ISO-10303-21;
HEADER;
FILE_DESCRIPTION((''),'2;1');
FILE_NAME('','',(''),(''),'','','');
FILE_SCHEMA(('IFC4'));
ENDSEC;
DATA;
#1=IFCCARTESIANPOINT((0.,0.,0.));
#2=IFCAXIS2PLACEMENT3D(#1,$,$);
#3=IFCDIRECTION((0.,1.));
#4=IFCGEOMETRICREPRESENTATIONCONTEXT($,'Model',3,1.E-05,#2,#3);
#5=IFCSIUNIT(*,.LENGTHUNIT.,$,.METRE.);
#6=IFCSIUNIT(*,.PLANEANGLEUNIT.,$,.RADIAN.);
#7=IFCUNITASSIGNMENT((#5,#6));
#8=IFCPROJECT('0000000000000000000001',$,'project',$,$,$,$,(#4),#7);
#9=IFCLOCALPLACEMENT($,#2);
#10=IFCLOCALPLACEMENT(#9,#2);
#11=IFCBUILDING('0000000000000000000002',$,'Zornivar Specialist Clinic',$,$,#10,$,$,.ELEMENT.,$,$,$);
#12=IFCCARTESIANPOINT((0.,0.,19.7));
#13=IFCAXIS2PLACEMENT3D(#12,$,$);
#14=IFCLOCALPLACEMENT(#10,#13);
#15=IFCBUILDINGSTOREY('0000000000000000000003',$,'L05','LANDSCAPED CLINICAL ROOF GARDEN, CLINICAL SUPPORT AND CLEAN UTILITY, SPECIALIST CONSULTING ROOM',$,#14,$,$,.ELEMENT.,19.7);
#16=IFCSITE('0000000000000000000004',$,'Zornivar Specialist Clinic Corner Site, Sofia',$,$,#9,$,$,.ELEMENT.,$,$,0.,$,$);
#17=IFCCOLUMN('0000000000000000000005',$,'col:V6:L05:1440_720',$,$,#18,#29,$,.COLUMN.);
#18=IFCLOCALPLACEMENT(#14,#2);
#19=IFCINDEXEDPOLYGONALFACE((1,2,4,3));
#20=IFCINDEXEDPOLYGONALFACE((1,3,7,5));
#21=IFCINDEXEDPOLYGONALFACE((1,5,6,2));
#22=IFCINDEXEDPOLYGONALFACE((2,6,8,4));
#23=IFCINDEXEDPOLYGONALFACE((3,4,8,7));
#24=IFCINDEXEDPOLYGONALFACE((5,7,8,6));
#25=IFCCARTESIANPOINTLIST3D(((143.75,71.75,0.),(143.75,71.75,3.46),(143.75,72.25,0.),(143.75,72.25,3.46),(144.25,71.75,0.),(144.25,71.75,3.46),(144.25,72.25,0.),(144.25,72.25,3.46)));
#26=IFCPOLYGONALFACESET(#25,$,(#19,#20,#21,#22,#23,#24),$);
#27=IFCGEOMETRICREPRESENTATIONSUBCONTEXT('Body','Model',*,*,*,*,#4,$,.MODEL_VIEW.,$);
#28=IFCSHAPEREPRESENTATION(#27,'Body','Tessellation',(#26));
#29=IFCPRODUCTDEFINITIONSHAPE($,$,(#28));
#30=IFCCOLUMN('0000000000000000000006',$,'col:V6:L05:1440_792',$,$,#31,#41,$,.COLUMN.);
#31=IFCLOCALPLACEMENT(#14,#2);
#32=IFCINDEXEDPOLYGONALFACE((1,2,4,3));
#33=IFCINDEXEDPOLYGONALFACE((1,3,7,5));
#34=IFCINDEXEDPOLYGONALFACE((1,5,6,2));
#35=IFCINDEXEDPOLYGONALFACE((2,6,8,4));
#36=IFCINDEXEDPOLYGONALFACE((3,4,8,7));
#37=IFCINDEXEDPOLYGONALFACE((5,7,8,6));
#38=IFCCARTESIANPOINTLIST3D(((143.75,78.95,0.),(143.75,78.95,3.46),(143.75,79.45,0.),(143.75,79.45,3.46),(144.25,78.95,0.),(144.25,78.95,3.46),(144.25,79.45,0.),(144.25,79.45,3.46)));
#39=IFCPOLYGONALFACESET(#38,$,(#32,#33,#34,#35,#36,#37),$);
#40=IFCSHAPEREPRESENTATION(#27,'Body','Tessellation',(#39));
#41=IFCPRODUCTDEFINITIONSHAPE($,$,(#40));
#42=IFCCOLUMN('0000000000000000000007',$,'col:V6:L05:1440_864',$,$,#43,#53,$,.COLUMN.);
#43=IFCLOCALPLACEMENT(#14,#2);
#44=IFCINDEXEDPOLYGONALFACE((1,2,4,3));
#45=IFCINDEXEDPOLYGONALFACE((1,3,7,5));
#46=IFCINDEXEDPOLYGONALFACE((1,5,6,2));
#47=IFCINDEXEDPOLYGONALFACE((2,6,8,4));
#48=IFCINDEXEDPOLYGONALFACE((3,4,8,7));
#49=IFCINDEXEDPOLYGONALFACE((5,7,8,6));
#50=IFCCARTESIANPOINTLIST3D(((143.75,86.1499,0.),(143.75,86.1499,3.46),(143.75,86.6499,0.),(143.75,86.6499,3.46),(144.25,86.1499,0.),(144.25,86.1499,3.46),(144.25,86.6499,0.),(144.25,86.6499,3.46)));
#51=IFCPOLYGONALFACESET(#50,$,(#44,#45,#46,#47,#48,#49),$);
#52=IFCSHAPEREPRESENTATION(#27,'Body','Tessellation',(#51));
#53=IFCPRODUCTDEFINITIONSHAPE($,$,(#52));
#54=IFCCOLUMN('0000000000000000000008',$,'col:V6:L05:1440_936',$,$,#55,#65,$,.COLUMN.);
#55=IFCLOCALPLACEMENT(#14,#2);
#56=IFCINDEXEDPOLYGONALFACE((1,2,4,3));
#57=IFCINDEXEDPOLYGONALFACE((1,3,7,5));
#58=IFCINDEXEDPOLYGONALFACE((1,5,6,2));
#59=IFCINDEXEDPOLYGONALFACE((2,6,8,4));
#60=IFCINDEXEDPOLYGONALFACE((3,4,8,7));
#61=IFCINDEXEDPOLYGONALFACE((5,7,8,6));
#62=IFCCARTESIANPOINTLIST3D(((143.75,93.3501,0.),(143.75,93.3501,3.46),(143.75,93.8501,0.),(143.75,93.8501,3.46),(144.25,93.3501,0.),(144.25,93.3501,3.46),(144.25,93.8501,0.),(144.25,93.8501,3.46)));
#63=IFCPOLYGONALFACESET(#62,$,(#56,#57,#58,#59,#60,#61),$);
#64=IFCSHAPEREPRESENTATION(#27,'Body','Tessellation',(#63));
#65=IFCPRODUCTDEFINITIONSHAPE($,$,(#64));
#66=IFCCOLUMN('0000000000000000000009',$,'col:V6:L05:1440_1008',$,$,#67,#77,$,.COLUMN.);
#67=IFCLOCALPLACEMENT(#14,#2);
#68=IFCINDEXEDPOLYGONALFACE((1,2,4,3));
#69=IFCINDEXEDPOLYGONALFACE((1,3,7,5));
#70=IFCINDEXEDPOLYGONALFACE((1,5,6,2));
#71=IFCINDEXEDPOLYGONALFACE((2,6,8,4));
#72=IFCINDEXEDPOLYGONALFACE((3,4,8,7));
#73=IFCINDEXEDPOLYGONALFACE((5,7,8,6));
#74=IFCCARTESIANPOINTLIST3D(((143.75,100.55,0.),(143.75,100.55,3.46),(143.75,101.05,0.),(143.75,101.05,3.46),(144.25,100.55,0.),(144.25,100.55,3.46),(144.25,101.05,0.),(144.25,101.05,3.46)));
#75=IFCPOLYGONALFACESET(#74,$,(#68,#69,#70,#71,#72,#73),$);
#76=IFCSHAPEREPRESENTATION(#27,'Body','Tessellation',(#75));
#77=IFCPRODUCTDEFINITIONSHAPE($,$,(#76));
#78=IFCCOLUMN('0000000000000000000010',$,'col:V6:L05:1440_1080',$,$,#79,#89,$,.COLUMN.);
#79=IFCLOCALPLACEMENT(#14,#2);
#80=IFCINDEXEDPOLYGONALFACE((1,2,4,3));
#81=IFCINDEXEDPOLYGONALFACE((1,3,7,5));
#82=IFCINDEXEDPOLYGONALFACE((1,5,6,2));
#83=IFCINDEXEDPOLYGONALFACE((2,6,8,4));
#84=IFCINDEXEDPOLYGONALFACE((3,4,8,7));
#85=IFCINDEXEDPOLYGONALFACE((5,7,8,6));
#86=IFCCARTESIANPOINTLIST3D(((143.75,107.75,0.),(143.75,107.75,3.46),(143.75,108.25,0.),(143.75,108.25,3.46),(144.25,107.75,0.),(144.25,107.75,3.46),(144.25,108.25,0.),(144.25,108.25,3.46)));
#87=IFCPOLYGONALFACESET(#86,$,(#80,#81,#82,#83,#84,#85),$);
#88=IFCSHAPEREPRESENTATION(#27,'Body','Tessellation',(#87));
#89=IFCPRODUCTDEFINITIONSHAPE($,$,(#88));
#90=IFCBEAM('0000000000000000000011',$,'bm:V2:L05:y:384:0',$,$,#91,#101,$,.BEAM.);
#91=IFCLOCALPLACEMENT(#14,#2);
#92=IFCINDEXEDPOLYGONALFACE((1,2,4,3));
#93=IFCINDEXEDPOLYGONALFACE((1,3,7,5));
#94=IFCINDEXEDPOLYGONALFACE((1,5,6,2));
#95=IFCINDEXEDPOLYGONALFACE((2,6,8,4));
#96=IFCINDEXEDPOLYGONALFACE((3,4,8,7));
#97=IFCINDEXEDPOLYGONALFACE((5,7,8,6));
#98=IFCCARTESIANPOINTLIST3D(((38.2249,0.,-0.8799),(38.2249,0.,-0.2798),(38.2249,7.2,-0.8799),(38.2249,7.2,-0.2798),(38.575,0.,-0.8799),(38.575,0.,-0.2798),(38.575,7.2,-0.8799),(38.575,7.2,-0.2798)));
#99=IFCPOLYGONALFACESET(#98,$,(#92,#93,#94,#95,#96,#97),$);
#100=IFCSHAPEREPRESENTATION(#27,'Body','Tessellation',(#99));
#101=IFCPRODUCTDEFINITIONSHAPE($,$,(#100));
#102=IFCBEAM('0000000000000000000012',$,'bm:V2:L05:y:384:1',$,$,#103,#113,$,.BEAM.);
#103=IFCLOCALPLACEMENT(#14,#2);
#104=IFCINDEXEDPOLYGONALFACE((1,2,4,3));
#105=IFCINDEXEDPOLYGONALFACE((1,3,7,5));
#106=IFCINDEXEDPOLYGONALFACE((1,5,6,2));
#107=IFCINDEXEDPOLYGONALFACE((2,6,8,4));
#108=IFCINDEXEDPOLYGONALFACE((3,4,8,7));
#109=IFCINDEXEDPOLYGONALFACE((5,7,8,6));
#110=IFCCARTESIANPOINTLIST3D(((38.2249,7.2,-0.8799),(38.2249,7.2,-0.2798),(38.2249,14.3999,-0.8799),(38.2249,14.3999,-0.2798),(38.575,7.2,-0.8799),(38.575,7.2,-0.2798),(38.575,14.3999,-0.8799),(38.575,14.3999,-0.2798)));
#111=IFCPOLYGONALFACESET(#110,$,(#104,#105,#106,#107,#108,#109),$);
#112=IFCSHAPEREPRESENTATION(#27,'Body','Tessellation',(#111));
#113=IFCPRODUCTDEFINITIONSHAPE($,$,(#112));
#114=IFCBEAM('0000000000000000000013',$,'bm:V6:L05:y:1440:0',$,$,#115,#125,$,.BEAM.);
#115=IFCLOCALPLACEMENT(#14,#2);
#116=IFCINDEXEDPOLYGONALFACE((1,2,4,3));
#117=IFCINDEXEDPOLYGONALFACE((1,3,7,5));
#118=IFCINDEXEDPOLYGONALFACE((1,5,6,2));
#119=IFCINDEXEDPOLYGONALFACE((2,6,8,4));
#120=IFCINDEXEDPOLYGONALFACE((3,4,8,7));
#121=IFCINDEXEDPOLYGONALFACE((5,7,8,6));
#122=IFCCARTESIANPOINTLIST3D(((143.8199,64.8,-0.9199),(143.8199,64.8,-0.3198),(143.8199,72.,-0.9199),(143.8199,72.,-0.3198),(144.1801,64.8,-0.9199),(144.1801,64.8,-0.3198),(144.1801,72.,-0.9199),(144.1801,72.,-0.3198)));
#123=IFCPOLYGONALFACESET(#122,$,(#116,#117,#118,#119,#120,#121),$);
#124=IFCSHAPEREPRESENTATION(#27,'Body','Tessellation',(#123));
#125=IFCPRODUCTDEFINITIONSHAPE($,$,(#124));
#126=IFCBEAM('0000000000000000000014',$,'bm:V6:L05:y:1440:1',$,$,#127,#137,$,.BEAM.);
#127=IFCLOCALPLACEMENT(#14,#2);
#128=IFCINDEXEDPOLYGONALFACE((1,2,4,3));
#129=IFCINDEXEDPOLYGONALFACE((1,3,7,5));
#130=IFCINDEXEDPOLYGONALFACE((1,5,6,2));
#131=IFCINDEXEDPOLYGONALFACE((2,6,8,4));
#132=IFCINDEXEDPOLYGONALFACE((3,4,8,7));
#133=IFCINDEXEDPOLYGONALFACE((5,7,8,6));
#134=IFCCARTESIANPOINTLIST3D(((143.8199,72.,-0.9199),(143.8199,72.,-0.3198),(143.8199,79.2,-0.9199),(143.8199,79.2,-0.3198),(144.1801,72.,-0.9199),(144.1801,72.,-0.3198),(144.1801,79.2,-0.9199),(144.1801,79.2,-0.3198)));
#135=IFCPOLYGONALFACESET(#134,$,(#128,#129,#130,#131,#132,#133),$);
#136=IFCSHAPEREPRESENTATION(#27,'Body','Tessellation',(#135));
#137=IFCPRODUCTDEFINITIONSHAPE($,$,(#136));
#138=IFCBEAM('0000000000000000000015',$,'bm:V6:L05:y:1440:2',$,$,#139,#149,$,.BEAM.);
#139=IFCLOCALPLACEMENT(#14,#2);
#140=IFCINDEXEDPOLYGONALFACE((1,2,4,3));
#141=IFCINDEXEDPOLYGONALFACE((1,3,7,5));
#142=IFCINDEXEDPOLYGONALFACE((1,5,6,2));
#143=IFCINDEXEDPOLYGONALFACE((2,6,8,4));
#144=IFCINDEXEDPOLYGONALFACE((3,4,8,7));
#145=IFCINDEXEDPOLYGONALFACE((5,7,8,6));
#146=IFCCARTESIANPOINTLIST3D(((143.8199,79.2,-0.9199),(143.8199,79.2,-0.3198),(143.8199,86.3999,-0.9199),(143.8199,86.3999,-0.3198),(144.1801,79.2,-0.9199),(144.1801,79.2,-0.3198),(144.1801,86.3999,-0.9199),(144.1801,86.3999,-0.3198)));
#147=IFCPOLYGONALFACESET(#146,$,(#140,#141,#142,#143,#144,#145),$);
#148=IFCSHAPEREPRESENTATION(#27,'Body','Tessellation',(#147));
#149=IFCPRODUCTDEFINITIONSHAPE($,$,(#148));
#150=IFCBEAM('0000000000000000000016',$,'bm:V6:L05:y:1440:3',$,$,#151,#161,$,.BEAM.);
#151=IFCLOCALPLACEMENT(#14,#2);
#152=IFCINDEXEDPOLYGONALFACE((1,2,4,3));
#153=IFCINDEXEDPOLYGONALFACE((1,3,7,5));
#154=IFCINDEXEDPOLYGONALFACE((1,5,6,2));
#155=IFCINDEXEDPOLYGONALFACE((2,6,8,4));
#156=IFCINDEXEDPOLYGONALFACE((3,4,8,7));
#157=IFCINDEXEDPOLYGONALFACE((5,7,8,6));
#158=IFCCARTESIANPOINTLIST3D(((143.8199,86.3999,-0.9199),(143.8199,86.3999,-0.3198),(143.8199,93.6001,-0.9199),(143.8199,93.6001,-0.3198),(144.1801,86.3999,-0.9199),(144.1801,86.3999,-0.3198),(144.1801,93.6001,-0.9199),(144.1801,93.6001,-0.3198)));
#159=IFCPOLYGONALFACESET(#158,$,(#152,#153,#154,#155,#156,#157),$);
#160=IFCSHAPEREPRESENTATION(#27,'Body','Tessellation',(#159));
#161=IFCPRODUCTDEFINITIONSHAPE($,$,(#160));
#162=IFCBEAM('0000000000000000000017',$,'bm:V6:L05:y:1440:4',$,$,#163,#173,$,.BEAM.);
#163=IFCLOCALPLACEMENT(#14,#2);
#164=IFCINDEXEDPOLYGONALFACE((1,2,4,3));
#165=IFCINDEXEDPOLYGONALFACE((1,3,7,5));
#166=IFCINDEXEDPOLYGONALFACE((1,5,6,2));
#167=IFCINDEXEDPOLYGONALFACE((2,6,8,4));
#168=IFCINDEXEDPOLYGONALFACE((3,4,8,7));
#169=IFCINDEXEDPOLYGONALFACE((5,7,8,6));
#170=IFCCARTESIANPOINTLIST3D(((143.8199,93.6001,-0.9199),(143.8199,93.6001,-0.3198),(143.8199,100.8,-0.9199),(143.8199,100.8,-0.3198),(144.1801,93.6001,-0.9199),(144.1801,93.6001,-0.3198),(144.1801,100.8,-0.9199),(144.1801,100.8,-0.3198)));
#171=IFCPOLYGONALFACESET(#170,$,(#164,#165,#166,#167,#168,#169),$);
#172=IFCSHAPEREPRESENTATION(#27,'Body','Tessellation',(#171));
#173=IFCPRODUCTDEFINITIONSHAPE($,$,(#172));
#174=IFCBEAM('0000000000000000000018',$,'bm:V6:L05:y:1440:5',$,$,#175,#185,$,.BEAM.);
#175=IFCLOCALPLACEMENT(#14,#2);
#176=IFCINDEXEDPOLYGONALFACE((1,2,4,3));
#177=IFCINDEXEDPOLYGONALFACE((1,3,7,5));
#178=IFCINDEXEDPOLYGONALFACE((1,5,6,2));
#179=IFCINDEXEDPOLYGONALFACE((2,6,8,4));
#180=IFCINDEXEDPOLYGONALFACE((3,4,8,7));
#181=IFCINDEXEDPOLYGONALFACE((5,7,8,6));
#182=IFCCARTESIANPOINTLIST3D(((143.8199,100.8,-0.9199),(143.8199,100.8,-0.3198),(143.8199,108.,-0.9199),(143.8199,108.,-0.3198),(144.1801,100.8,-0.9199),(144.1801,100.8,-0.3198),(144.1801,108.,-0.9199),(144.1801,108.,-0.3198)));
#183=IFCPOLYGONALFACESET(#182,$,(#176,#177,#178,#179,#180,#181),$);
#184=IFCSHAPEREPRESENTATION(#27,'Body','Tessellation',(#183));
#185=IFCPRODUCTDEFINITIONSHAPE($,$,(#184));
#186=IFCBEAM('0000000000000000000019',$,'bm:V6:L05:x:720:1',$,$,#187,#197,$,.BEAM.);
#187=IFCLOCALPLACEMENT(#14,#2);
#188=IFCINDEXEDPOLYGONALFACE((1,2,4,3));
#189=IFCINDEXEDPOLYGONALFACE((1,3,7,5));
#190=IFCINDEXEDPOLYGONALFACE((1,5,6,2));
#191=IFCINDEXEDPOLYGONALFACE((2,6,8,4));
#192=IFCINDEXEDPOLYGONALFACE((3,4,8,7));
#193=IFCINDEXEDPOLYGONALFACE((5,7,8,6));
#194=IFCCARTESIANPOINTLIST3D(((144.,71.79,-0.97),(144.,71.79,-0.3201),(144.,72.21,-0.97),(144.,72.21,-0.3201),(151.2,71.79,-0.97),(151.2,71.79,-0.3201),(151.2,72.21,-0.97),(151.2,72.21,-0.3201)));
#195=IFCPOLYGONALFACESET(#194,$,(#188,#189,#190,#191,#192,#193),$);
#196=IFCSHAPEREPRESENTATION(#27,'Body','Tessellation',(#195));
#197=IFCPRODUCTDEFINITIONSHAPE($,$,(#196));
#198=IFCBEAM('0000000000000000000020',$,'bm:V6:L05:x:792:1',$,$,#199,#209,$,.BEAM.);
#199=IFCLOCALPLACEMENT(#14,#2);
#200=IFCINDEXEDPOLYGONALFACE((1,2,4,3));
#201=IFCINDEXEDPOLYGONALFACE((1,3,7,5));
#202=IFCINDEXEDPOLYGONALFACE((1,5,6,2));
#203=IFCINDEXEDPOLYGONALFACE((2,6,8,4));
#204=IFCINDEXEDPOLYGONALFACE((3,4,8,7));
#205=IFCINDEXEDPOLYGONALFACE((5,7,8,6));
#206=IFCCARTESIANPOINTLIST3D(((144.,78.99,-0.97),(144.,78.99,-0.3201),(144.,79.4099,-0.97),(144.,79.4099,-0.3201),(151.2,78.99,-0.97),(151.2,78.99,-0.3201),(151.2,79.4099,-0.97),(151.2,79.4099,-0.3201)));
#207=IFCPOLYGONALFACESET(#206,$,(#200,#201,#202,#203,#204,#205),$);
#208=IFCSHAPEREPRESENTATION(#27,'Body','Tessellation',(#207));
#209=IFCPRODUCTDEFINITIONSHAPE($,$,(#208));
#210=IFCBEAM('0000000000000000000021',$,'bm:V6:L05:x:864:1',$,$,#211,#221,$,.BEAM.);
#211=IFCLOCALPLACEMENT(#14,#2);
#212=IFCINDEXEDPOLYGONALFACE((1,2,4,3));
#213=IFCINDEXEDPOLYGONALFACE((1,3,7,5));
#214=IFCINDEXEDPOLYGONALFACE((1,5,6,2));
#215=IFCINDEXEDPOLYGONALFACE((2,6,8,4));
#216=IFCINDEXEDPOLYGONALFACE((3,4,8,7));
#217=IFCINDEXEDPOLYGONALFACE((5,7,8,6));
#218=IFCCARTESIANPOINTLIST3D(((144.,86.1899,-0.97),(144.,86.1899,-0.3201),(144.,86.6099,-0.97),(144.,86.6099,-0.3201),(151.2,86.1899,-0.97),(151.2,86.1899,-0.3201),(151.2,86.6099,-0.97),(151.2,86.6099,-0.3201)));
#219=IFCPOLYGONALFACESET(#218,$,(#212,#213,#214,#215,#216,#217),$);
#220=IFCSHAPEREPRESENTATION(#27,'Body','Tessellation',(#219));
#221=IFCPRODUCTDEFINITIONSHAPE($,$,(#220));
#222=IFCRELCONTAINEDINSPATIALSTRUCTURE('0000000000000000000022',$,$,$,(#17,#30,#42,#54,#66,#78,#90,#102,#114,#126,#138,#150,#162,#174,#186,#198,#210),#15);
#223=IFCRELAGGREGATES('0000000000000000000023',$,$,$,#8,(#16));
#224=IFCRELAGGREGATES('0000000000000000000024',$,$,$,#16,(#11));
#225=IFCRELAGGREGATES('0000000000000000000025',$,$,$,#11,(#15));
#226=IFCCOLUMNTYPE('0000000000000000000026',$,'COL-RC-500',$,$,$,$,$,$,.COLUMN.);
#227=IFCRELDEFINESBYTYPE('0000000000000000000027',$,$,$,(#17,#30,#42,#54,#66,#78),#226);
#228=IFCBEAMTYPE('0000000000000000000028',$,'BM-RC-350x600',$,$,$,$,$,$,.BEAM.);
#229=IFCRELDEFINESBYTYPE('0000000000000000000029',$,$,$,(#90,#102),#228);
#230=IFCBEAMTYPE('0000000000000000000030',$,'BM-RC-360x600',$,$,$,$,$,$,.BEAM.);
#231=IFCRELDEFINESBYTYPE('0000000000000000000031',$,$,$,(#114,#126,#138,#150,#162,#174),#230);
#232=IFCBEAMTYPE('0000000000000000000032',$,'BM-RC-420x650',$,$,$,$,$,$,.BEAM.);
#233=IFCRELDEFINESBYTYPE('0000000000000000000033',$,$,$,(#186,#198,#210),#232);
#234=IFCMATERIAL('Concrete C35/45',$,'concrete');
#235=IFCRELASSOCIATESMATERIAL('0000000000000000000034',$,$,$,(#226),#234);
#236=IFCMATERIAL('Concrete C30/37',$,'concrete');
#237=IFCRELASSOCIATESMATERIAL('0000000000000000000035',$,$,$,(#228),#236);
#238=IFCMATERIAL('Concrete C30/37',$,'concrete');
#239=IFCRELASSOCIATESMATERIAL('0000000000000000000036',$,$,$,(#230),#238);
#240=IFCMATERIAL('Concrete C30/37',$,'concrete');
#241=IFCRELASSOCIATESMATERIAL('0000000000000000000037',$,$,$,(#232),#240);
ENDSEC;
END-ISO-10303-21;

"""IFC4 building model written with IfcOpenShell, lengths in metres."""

from ifc_helpers import new_model, si_unit, direction, frame, origin, origin_2d, place, context, subcontext, project, spatial, rectangle, extrude, material, material_profile, profile_set, type_object, element, save


model = new_model("IFC4")

# Units and contexts
model_context = context("Model", 3, precision=1e-05, world=origin(), true_north=direction((0.0, 1.0)))
body_context = subcontext(model_context, "Body", "Model", "MODEL_VIEW")
ifc_project = project(units=[si_unit("LENGTHUNIT", "METRE"), si_unit("PLANEANGLEUNIT", "RADIAN")], contexts=[model_context])

# Site, building, storey
site_placement = place(None, origin())
site = spatial("IfcSite", under=ifc_project, at=site_placement, Name="Zornivar Specialist Clinic Corner Site, Sofia", CompositionType="ELEMENT", RefElevation=0.0)
building_placement = place(site_placement, origin())
building = spatial("IfcBuilding", under=site, at=building_placement, Name="Zornivar Specialist Clinic", CompositionType="ELEMENT")
storey_placement = place(building_placement, frame((0.0, 0.0, 19.7)))
storey = spatial("IfcBuildingStorey", under=building, at=storey_placement, Name="L05", Description="LANDSCAPED CLINICAL ROOF GARDEN, CLINICAL SUPPORT AND CLEAN UTILITY, SPECIALIST CONSULTING ROOM", CompositionType="ELEMENT", Elevation=19.7)

# Columns
ifc_material_1 = material(Name="Concrete C35/45", Category="concrete")
ifc_material_profile_1 = material_profile(ifc_material_1, rectangle(XDim=0.5, YDim=0.5, at=origin_2d()), Name="RC 500x500")
ifc_profile_set_1 = profile_set([ifc_material_profile_1], Name="Concrete C35/45")
column_type = type_object("IfcColumnType", Name="COL-RC-500", PredefinedType="COLUMN", material=ifc_profile_set_1)
for number, where, z_axis, x_axis, name in (
    (1, (144.0, 72.0, 0.0), (0.0, 0.0, 1.0), (1.0, 0.0, 0.0), "col:V6:L05:1440_720"),
    (2, (144.0, 79.2, 0.0), (0.0, 0.0, 1.0), (1.0, 0.0, 0.0), "col:V6:L05:1440_792"),
    (3, (144.0, 86.3999, 0.0), (0.0, 0.0, 1.0), (1.0, 0.0, 0.0), "col:V6:L05:1440_864"),
    (4, (144.0, 93.6001, 0.0), (0.0, 0.0, 1.0), (1.0, 0.0, 0.0), "col:V6:L05:1440_936"),
    (5, (144.0, 100.8, 0.0), (0.0, 0.0, 1.0), (1.0, 0.0, 0.0), "col:V6:L05:1440_1008"),
    (6, (144.0, 108.0, 0.0), (0.0, 0.0, 1.0), (1.0, 0.0, 0.0), "col:V6:L05:1440_1080"),
):
    element("IfcColumn", number, at=place(storey_placement, frame(where, z_axis=z_axis, x_axis=x_axis)), inside=storey, type_object=column_type, Name=name, PredefinedType="COLUMN", context=body_context, shape_type="SweptSolid", body=[
        extrude(rectangle(XDim=0.5, YDim=0.5, at=origin_2d()), origin(), (0.0, 0.0, 1.0), 3.46),
    ])

# Beams
ifc_material_2 = material(Name="Concrete C30/37", Category="concrete")
ifc_material_profile_2 = material_profile(ifc_material_2, rectangle(XDim=0.3501, YDim=0.6001, at=origin_2d()), Name="RC 350x600")
ifc_profile_set_2 = profile_set([ifc_material_profile_2], Name="Concrete C30/37")
beam_type_1 = type_object("IfcBeamType", Name="BM-RC-350x600", PredefinedType="BEAM", material=ifc_profile_set_2)
for number, where, z_axis, x_axis, name in (
    (7, (38.3999, 0.0, -0.5798), (0.0, 1.0, 0.0), (-1.0, 0.0, 0.0), "bm:V2:L05:y:384:0"),
    (8, (38.3999, 7.2, -0.5798), (0.0, 1.0, 0.0), (-1.0, 0.0, 0.0), "bm:V2:L05:y:384:1"),
):
    element("IfcBeam", number, at=place(storey_placement, frame(where, z_axis=z_axis, x_axis=x_axis)), inside=storey, type_object=beam_type_1, Name=name, PredefinedType="BEAM", context=body_context, shape_type="SweptSolid", body=[
        extrude(rectangle(XDim=0.3501, YDim=0.6001, at=origin_2d()), origin(), (0.0, 0.0, 1.0), 7.2),
    ])
ifc_material_3 = material(Name="Concrete C30/37", Category="concrete")
ifc_material_profile_3 = material_profile(ifc_material_3, rectangle(XDim=0.3601, YDim=0.6001, at=origin_2d()), Name="RC 360x600")
ifc_profile_set_3 = profile_set([ifc_material_profile_3], Name="Concrete C30/37")
beam_type_2 = type_object("IfcBeamType", Name="BM-RC-360x600", PredefinedType="BEAM", material=ifc_profile_set_3)
for number, where, z_axis, x_axis, name in (
    (9, (144.0, 64.8, -0.6199), (0.0, 1.0, 0.0), (-1.0, 0.0, 0.0), "bm:V6:L05:y:1440:0"),
    (10, (144.0, 72.0, -0.6199), (0.0, 1.0, 0.0), (-1.0, 0.0, 0.0), "bm:V6:L05:y:1440:1"),
    (11, (144.0, 79.2, -0.6199), (0.0, 1.0, 0.0), (-1.0, 0.0, 0.0), "bm:V6:L05:y:1440:2"),
):
    element("IfcBeam", number, at=place(storey_placement, frame(where, z_axis=z_axis, x_axis=x_axis)), inside=storey, type_object=beam_type_2, Name=name, PredefinedType="BEAM", context=body_context, shape_type="SweptSolid", body=[
        extrude(rectangle(XDim=0.3601, YDim=0.6001, at=origin_2d()), origin(), (0.0, 0.0, 1.0), 7.2),
    ])
beam_1_placement = place(storey_placement, frame((144.0, 86.3999, -0.6199), z_axis=(0.0, 1.0, 0.0), x_axis=(-1.0, 0.0, 0.0)))
element("IfcBeam", 12, at=beam_1_placement, inside=storey, type_object=beam_type_2, Name="bm:V6:L05:y:1440:3", PredefinedType="BEAM", context=body_context, shape_type="SweptSolid", body=[
    extrude(rectangle(XDim=0.3601, YDim=0.6001, at=origin_2d()), origin(), (0.0, 0.0, 1.0), 7.2002),
])
for number, where, z_axis, x_axis, name in (
    (13, (144.0, 93.6001, -0.6199), (0.0, 1.0, 0.0), (-1.0, 0.0, 0.0), "bm:V6:L05:y:1440:4"),
    (14, (144.0, 100.8, -0.6199), (0.0, 1.0, 0.0), (-1.0, 0.0, 0.0), "bm:V6:L05:y:1440:5"),
):
    element("IfcBeam", number, at=place(storey_placement, frame(where, z_axis=z_axis, x_axis=x_axis)), inside=storey, type_object=beam_type_2, Name=name, PredefinedType="BEAM", context=body_context, shape_type="SweptSolid", body=[
        extrude(rectangle(XDim=0.3601, YDim=0.6001, at=origin_2d()), origin(), (0.0, 0.0, 1.0), 7.2),
    ])
ifc_material_4 = material(Name="Concrete C30/37", Category="concrete")
ifc_material_profile_4 = material_profile(ifc_material_4, rectangle(XDim=0.4199, YDim=0.6499, at=origin_2d()), Name="RC 420x650")
ifc_profile_set_4 = profile_set([ifc_material_profile_4], Name="Concrete C30/37")
beam_type_3 = type_object("IfcBeamType", Name="BM-RC-420x650", PredefinedType="BEAM", material=ifc_profile_set_4)
for number, where, z_axis, x_axis, name in (
    (15, (144.0, 72.0, -0.645), (1.0, 0.0, 0.0), (0.0, 1.0, 0.0), "bm:V6:L05:x:720:1"),
    (16, (144.0, 79.2, -0.645), (1.0, 0.0, 0.0), (0.0, 1.0, 0.0), "bm:V6:L05:x:792:1"),
    (17, (144.0, 86.3999, -0.645), (1.0, 0.0, 0.0), (0.0, 1.0, 0.0), "bm:V6:L05:x:864:1"),
):
    element("IfcBeam", number, at=place(storey_placement, frame(where, z_axis=z_axis, x_axis=x_axis)), inside=storey, type_object=beam_type_3, Name=name, PredefinedType="BEAM", context=body_context, shape_type="SweptSolid", body=[
        extrude(rectangle(XDim=0.4199, YDim=0.6499, at=origin_2d()), origin(), (0.0, 0.0, 1.0), 7.2),
    ])

save(model, "model.ifc")
